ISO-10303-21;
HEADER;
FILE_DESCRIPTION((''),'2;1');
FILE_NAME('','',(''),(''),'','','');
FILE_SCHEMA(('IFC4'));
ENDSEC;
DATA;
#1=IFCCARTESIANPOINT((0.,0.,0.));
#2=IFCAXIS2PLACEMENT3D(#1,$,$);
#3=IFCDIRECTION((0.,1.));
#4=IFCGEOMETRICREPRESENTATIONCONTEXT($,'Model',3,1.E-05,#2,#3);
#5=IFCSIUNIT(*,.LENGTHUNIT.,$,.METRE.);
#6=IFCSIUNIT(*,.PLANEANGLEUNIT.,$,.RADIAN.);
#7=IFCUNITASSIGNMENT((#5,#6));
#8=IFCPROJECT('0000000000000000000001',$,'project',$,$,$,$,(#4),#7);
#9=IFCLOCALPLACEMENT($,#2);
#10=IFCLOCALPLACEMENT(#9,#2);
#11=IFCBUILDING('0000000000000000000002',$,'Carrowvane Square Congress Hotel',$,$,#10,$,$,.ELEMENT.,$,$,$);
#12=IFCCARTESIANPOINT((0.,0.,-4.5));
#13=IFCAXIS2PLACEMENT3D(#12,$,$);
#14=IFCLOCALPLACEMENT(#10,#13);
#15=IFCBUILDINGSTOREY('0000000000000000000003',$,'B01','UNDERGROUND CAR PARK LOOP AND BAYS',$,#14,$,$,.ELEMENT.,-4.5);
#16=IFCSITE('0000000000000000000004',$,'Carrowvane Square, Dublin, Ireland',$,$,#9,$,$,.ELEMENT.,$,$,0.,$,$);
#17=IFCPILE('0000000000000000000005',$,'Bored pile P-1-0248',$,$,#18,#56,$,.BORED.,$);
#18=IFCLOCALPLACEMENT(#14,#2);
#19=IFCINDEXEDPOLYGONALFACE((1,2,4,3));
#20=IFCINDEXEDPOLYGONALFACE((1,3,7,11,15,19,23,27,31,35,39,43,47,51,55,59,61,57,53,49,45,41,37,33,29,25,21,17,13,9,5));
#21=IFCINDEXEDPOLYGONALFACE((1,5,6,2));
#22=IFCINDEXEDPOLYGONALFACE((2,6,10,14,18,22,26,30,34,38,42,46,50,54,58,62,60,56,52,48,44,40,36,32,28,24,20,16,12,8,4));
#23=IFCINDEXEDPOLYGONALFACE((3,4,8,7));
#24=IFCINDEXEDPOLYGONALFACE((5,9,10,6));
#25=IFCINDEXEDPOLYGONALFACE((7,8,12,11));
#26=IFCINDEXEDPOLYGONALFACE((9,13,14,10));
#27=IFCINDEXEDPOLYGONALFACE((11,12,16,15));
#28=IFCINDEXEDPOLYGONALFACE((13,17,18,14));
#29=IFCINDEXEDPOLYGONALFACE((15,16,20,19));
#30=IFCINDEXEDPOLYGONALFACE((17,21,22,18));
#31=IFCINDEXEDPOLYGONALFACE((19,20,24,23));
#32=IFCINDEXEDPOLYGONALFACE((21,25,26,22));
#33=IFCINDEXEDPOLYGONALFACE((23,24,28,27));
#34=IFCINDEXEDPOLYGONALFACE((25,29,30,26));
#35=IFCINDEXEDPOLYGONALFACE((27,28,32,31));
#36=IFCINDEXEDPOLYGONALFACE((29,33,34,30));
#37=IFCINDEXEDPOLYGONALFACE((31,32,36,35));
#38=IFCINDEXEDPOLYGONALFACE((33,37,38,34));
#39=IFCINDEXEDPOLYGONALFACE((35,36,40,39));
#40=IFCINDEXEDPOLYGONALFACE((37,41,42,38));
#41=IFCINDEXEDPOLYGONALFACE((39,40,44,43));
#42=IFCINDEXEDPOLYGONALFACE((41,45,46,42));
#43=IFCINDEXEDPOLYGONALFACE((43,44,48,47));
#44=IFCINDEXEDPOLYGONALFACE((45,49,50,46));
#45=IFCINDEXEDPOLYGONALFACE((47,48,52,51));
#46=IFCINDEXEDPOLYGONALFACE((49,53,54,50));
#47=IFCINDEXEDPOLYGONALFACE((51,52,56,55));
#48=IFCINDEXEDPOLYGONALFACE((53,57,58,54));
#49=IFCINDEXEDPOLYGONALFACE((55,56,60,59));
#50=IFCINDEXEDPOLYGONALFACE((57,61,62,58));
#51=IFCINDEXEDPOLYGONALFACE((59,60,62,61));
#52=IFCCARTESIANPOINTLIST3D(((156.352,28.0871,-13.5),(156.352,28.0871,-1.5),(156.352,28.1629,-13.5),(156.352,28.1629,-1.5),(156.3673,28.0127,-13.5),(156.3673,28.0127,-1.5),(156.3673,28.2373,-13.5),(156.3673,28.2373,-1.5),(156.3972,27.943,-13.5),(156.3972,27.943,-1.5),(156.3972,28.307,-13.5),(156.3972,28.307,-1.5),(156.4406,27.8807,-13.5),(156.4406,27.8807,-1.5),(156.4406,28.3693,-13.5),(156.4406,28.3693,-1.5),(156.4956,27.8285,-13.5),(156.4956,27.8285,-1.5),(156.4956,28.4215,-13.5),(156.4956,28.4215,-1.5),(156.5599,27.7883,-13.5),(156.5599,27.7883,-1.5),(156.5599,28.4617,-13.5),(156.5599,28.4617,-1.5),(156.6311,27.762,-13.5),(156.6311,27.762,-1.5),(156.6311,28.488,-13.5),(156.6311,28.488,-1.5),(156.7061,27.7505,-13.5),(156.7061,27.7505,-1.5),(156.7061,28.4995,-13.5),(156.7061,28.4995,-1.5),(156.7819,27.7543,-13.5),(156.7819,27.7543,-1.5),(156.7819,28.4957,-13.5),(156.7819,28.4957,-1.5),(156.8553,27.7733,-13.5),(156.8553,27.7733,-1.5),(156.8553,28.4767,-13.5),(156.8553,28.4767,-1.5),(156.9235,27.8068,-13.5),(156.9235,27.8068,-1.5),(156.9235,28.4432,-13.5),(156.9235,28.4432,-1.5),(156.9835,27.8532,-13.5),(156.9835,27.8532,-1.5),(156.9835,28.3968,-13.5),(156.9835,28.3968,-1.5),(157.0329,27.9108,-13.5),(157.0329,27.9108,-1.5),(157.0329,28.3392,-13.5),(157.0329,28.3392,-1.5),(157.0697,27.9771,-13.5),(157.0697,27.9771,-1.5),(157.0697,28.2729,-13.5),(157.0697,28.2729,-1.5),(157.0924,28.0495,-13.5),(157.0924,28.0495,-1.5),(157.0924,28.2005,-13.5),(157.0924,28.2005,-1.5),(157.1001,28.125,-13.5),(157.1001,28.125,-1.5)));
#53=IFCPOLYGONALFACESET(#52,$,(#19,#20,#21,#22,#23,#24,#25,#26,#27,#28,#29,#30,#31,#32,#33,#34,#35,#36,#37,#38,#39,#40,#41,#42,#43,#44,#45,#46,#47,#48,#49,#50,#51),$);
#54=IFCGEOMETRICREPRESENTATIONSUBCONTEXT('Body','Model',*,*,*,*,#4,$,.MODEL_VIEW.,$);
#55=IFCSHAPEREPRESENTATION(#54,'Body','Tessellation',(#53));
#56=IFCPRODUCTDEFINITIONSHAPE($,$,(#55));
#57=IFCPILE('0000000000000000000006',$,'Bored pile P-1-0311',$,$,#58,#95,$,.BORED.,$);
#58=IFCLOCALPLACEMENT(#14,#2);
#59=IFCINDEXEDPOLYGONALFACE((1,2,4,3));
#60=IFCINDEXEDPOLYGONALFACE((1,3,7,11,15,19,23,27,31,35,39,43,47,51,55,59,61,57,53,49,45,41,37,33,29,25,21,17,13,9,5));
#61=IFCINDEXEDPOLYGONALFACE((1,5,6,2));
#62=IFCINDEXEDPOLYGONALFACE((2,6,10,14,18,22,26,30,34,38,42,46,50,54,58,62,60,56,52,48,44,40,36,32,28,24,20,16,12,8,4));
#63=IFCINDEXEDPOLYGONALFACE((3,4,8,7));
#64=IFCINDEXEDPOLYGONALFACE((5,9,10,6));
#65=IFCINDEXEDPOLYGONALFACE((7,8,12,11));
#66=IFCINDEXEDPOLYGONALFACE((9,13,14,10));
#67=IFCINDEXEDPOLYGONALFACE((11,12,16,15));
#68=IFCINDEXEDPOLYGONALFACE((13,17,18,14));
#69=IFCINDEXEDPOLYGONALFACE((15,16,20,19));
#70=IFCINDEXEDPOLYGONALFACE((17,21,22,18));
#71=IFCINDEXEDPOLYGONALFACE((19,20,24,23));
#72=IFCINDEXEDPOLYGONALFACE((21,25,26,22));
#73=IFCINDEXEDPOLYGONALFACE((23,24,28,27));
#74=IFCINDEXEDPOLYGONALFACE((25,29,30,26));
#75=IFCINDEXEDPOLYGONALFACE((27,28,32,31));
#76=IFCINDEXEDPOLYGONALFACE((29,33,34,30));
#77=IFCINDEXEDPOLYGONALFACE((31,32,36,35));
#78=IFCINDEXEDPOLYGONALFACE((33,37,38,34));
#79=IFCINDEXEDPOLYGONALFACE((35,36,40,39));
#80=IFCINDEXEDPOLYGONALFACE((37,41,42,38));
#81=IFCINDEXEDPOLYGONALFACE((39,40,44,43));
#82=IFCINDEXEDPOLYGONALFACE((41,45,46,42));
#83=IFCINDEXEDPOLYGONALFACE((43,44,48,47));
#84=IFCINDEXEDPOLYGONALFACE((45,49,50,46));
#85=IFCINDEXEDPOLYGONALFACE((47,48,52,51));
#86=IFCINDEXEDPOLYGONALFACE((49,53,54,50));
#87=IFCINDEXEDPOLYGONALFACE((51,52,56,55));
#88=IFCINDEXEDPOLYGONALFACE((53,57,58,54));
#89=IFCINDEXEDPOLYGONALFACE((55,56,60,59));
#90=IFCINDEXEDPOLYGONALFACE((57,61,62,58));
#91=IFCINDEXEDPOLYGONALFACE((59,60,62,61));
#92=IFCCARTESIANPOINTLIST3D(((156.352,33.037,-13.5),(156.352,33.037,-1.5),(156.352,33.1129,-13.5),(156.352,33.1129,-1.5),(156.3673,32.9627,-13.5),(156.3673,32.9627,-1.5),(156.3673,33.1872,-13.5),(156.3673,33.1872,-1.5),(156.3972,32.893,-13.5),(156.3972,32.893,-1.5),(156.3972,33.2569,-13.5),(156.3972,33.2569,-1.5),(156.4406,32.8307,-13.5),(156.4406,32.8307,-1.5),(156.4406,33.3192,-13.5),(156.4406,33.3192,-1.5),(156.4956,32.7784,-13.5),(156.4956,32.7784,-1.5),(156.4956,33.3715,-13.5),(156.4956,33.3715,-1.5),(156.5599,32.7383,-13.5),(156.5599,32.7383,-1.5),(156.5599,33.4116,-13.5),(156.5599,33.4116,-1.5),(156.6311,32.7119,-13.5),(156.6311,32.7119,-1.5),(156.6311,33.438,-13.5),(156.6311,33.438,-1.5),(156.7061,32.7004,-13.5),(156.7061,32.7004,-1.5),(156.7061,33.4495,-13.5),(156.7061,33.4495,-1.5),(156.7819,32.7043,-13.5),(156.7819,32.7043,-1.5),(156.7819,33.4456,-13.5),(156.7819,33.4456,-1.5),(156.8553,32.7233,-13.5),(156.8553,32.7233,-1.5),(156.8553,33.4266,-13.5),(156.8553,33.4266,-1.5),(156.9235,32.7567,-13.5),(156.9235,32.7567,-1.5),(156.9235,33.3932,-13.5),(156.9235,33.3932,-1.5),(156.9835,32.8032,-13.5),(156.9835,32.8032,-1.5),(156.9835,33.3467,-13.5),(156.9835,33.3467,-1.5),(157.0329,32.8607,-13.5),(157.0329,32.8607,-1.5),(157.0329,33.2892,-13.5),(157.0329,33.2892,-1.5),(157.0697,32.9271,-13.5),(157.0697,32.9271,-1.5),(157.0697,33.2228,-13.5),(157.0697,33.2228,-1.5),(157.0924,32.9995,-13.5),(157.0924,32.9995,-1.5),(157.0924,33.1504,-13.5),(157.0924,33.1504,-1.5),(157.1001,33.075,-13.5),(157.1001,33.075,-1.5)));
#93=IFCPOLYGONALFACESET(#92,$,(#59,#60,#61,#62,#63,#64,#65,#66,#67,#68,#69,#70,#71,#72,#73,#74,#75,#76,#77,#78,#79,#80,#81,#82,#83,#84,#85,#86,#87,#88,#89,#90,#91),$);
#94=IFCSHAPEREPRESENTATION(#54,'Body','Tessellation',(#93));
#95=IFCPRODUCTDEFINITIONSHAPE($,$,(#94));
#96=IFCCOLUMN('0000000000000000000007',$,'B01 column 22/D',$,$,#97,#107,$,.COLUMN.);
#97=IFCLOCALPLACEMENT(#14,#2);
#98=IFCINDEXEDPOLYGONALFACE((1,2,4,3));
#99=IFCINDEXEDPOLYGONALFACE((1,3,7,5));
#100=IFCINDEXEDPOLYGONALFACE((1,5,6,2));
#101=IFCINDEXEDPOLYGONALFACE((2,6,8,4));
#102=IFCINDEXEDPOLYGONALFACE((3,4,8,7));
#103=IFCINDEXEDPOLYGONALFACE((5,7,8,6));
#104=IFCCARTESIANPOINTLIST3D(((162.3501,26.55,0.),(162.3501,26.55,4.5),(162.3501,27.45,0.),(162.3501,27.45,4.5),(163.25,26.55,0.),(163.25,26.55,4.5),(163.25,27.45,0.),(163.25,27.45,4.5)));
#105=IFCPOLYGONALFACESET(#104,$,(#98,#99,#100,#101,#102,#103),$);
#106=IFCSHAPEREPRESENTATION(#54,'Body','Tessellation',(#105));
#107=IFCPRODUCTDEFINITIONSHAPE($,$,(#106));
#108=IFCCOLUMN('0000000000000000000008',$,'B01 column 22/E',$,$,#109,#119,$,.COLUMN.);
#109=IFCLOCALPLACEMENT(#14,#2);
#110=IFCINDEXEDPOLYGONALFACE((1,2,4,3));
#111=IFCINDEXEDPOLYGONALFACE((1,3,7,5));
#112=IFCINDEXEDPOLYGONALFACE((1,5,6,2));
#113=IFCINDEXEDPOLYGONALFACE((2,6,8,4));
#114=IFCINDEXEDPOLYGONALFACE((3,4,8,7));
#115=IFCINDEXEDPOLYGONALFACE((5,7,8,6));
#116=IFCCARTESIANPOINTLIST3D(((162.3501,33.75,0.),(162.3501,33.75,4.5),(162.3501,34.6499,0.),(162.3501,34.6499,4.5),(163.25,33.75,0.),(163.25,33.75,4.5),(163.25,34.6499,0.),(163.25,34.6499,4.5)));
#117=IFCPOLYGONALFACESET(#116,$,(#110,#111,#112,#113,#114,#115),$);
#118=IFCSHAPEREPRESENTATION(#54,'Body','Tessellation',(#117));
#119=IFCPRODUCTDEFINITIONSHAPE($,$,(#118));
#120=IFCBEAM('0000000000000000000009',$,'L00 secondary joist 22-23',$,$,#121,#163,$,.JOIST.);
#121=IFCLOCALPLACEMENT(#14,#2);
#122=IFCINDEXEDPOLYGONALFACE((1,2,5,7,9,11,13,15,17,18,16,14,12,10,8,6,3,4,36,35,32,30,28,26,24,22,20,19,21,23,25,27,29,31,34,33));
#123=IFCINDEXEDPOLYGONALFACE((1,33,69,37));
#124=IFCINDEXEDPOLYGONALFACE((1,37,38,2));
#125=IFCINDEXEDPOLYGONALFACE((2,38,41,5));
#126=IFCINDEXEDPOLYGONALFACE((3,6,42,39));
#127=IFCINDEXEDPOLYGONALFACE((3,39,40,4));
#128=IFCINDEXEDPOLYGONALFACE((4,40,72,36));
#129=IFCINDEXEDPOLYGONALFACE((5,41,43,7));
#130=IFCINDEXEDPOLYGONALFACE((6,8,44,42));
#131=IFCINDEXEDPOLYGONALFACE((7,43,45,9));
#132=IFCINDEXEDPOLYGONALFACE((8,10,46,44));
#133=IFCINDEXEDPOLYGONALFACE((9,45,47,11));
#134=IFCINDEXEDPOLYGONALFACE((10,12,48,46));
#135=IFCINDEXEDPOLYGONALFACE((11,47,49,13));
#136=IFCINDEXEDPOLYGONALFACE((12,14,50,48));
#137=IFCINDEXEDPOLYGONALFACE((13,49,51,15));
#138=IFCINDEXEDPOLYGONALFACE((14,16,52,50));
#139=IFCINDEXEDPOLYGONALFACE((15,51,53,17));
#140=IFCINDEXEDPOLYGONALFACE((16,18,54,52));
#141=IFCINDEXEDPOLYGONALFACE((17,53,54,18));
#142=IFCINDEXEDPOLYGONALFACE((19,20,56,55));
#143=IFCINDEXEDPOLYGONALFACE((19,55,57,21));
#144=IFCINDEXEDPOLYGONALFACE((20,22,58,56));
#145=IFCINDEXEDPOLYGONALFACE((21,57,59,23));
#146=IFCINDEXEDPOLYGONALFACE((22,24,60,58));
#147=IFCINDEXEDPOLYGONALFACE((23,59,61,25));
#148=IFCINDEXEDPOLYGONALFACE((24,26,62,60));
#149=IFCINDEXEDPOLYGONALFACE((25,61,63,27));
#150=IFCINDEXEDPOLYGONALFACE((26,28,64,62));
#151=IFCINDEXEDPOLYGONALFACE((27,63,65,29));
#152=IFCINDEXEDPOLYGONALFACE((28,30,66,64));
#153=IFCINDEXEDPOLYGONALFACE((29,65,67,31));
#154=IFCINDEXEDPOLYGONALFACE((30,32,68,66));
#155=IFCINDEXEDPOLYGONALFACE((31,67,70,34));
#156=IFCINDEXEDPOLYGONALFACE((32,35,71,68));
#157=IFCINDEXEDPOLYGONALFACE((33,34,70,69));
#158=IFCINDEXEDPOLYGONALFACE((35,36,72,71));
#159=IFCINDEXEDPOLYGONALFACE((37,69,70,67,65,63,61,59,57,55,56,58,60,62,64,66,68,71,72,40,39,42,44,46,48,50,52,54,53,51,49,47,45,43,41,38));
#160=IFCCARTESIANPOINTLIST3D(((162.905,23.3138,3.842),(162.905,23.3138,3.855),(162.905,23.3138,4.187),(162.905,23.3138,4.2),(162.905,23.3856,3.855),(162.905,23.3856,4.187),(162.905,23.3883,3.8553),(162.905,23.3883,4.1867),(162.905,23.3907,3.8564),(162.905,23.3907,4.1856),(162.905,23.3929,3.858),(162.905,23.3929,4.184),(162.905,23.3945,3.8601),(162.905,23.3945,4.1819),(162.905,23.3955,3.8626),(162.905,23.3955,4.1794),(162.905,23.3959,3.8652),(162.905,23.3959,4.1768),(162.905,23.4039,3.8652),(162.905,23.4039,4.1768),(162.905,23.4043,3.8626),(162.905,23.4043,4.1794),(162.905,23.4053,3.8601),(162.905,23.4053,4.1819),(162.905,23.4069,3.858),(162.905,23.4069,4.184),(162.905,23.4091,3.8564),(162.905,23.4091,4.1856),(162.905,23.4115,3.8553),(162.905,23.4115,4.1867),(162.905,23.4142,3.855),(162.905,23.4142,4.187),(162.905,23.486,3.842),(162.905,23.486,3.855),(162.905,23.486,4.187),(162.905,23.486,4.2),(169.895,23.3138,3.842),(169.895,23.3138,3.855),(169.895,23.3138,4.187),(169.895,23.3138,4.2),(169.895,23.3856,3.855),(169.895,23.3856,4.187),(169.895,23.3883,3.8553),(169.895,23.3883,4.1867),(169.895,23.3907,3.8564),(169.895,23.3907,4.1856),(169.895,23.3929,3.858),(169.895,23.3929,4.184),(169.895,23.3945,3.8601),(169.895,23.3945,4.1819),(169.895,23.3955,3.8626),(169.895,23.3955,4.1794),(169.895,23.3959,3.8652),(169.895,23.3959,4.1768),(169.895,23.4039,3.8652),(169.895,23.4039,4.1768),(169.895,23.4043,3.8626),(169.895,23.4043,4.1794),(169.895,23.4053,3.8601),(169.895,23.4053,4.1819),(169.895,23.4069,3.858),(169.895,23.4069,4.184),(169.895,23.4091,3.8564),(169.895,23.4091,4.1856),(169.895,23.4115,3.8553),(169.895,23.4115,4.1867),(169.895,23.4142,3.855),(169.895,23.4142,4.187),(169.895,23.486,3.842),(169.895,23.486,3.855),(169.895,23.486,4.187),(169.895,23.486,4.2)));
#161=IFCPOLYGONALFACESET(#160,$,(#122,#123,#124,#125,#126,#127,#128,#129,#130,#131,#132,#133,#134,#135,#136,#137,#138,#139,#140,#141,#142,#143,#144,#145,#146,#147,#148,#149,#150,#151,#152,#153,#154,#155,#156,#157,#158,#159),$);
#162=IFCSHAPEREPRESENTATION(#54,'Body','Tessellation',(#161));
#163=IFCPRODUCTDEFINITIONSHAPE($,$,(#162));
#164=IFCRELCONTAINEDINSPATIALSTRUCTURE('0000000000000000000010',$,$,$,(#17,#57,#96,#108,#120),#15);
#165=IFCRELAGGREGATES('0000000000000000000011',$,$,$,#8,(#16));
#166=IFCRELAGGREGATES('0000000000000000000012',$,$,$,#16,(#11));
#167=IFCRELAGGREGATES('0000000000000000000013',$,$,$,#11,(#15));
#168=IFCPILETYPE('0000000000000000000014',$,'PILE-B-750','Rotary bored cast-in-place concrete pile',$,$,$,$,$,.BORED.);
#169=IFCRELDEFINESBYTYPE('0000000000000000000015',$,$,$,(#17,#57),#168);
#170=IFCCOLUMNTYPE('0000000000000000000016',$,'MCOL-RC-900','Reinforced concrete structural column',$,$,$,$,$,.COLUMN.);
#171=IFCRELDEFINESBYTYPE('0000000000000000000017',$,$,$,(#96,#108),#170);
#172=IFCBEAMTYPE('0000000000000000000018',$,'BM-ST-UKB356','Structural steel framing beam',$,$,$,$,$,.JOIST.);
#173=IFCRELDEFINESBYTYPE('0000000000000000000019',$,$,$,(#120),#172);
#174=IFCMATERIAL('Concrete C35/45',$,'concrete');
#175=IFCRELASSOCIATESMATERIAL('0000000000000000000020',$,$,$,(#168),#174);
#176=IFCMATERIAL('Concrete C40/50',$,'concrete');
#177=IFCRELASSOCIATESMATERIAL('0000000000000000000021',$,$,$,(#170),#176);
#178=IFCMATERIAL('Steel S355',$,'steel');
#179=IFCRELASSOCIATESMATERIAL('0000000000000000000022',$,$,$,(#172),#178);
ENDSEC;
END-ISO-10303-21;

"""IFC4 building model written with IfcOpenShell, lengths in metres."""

from ifc_helpers import new_model, si_unit, direction, frame, origin, origin_2d, place, context, subcontext, project, spatial, rectangle, circle, i_section, extrude, material, material_profile, profile_set, type_object, element, save


model = new_model("IFC4")

# Units and contexts
model_context = context("Model", 3, precision=1e-05, world=origin(), true_north=direction((0.0, 1.0)))
body_context = subcontext(model_context, "Body", "Model", "MODEL_VIEW")
ifc_project = project(units=[si_unit("LENGTHUNIT", "METRE"), si_unit("PLANEANGLEUNIT", "RADIAN")], contexts=[model_context])

# Site, building, storey
site_placement = place(None, origin())
site = spatial("IfcSite", under=ifc_project, at=site_placement, Name="Carrowvane Square, Dublin, Ireland", CompositionType="ELEMENT", RefElevation=0.0)
building_placement = place(site_placement, origin())
building = spatial("IfcBuilding", under=site, at=building_placement, Name="Carrowvane Square Congress Hotel", CompositionType="ELEMENT")
storey_placement = place(building_placement, frame((0.0, 0.0, -4.5)))
storey = spatial("IfcBuildingStorey", under=building, at=storey_placement, Name="B01", Description="UNDERGROUND CAR PARK LOOP AND BAYS", CompositionType="ELEMENT", Elevation=-4.5)

# Piles
ifc_material_1 = material(Name="Concrete C35/45", Category="concrete")
ifc_material_profile_1 = material_profile(ifc_material_1, circle(Radius=0.375, at=origin_2d()), Name="PILE D750")
ifc_profile_set_1 = profile_set([ifc_material_profile_1], Name="Concrete C35/45")
pile_type_1 = type_object("IfcPileType", Name="PILE-B-750", Description="Rotary bored cast-in-place concrete pile", PredefinedType="BORED", material=ifc_profile_set_1)
for number, where, z_axis, x_axis, name in (
    (1, (156.7251, 28.125, -1.5), (0.0, 0.0, -1.0), (1.0, 0.0, 0.0), "Bored pile P-1-0248"),
    (2, (156.7251, 33.075, -1.5), (0.0, 0.0, -1.0), (1.0, 0.0, 0.0), "Bored pile P-1-0311"),
):
    element("IfcPile", number, at=place(storey_placement, frame(where, z_axis=z_axis, x_axis=x_axis)), inside=storey, type_object=pile_type_1, Name=name, PredefinedType="BORED", context=body_context, shape_type="SweptSolid", body=[
        extrude(circle(Radius=0.375, at=origin_2d()), origin(), (0.0, 0.0, 1.0), 12.0),
    ])

# Columns
ifc_material_2 = material(Name="Concrete C40/50", Category="concrete")
ifc_material_profile_2 = material_profile(ifc_material_2, rectangle(XDim=0.8999, YDim=0.8999, at=origin_2d()), Name="RC 900x900")
ifc_profile_set_2 = profile_set([ifc_material_profile_2], Name="Concrete C40/50")
column_type = type_object("IfcColumnType", Name="MCOL-RC-900", Description="Reinforced concrete structural column", PredefinedType="COLUMN", material=ifc_profile_set_2)
for number, where, z_axis, x_axis, name in (
    (3, (162.8, 27.0, 0.0), (0.0, 0.0, 1.0), (1.0, 0.0, 0.0), "B01 column 22/D"),
    (4, (162.8, 34.2, 0.0), (0.0, 0.0, 1.0), (1.0, 0.0, 0.0), "B01 column 22/E"),
):
    element("IfcColumn", number, at=place(storey_placement, frame(where, z_axis=z_axis, x_axis=x_axis)), inside=storey, type_object=column_type, Name=name, PredefinedType="COLUMN", context=body_context, shape_type="SweptSolid", body=[
        extrude(rectangle(XDim=0.8999, YDim=0.8999, at=origin_2d()), origin(), (0.0, 0.0, 1.0), 4.5),
    ])

# Beam
ifc_material_3 = material(Name="Steel S355", Category="steel")
ifc_material_profile_3 = material_profile(ifc_material_3, i_section(OverallWidth=0.1721, OverallDepth=0.3579, WebThickness=0.0081, FlangeThickness=0.0129, FilletRadius=0.0103, at=origin_2d()), Name="UKB 356x171x57")
ifc_profile_set_3 = profile_set([ifc_material_profile_3], Name="Steel S355")
beam_type_1 = type_object("IfcBeamType", Name="BM-ST-UKB356", Description="Structural steel framing beam", PredefinedType="JOIST", material=ifc_profile_set_3)
for number, where, z_axis, x_axis, name in (
    (5, (162.905, 23.3999, 4.021), (1.0, 0.0, 0.0), (0.0, 1.0, 0.0), "L00 secondary joist 22-23"),
):
    element("IfcBeam", number, at=place(storey_placement, frame(where, z_axis=z_axis, x_axis=x_axis)), inside=storey, type_object=beam_type_1, Name=name, PredefinedType="JOIST", context=body_context, shape_type="SweptSolid", body=[
        extrude(i_section(OverallWidth=0.1721, OverallDepth=0.3579, WebThickness=0.0081, FlangeThickness=0.0129, FilletRadius=0.0103, at=origin_2d()), origin(), (0.0, 0.0, 1.0), 6.99),
    ])

save(model, "model.ifc")
